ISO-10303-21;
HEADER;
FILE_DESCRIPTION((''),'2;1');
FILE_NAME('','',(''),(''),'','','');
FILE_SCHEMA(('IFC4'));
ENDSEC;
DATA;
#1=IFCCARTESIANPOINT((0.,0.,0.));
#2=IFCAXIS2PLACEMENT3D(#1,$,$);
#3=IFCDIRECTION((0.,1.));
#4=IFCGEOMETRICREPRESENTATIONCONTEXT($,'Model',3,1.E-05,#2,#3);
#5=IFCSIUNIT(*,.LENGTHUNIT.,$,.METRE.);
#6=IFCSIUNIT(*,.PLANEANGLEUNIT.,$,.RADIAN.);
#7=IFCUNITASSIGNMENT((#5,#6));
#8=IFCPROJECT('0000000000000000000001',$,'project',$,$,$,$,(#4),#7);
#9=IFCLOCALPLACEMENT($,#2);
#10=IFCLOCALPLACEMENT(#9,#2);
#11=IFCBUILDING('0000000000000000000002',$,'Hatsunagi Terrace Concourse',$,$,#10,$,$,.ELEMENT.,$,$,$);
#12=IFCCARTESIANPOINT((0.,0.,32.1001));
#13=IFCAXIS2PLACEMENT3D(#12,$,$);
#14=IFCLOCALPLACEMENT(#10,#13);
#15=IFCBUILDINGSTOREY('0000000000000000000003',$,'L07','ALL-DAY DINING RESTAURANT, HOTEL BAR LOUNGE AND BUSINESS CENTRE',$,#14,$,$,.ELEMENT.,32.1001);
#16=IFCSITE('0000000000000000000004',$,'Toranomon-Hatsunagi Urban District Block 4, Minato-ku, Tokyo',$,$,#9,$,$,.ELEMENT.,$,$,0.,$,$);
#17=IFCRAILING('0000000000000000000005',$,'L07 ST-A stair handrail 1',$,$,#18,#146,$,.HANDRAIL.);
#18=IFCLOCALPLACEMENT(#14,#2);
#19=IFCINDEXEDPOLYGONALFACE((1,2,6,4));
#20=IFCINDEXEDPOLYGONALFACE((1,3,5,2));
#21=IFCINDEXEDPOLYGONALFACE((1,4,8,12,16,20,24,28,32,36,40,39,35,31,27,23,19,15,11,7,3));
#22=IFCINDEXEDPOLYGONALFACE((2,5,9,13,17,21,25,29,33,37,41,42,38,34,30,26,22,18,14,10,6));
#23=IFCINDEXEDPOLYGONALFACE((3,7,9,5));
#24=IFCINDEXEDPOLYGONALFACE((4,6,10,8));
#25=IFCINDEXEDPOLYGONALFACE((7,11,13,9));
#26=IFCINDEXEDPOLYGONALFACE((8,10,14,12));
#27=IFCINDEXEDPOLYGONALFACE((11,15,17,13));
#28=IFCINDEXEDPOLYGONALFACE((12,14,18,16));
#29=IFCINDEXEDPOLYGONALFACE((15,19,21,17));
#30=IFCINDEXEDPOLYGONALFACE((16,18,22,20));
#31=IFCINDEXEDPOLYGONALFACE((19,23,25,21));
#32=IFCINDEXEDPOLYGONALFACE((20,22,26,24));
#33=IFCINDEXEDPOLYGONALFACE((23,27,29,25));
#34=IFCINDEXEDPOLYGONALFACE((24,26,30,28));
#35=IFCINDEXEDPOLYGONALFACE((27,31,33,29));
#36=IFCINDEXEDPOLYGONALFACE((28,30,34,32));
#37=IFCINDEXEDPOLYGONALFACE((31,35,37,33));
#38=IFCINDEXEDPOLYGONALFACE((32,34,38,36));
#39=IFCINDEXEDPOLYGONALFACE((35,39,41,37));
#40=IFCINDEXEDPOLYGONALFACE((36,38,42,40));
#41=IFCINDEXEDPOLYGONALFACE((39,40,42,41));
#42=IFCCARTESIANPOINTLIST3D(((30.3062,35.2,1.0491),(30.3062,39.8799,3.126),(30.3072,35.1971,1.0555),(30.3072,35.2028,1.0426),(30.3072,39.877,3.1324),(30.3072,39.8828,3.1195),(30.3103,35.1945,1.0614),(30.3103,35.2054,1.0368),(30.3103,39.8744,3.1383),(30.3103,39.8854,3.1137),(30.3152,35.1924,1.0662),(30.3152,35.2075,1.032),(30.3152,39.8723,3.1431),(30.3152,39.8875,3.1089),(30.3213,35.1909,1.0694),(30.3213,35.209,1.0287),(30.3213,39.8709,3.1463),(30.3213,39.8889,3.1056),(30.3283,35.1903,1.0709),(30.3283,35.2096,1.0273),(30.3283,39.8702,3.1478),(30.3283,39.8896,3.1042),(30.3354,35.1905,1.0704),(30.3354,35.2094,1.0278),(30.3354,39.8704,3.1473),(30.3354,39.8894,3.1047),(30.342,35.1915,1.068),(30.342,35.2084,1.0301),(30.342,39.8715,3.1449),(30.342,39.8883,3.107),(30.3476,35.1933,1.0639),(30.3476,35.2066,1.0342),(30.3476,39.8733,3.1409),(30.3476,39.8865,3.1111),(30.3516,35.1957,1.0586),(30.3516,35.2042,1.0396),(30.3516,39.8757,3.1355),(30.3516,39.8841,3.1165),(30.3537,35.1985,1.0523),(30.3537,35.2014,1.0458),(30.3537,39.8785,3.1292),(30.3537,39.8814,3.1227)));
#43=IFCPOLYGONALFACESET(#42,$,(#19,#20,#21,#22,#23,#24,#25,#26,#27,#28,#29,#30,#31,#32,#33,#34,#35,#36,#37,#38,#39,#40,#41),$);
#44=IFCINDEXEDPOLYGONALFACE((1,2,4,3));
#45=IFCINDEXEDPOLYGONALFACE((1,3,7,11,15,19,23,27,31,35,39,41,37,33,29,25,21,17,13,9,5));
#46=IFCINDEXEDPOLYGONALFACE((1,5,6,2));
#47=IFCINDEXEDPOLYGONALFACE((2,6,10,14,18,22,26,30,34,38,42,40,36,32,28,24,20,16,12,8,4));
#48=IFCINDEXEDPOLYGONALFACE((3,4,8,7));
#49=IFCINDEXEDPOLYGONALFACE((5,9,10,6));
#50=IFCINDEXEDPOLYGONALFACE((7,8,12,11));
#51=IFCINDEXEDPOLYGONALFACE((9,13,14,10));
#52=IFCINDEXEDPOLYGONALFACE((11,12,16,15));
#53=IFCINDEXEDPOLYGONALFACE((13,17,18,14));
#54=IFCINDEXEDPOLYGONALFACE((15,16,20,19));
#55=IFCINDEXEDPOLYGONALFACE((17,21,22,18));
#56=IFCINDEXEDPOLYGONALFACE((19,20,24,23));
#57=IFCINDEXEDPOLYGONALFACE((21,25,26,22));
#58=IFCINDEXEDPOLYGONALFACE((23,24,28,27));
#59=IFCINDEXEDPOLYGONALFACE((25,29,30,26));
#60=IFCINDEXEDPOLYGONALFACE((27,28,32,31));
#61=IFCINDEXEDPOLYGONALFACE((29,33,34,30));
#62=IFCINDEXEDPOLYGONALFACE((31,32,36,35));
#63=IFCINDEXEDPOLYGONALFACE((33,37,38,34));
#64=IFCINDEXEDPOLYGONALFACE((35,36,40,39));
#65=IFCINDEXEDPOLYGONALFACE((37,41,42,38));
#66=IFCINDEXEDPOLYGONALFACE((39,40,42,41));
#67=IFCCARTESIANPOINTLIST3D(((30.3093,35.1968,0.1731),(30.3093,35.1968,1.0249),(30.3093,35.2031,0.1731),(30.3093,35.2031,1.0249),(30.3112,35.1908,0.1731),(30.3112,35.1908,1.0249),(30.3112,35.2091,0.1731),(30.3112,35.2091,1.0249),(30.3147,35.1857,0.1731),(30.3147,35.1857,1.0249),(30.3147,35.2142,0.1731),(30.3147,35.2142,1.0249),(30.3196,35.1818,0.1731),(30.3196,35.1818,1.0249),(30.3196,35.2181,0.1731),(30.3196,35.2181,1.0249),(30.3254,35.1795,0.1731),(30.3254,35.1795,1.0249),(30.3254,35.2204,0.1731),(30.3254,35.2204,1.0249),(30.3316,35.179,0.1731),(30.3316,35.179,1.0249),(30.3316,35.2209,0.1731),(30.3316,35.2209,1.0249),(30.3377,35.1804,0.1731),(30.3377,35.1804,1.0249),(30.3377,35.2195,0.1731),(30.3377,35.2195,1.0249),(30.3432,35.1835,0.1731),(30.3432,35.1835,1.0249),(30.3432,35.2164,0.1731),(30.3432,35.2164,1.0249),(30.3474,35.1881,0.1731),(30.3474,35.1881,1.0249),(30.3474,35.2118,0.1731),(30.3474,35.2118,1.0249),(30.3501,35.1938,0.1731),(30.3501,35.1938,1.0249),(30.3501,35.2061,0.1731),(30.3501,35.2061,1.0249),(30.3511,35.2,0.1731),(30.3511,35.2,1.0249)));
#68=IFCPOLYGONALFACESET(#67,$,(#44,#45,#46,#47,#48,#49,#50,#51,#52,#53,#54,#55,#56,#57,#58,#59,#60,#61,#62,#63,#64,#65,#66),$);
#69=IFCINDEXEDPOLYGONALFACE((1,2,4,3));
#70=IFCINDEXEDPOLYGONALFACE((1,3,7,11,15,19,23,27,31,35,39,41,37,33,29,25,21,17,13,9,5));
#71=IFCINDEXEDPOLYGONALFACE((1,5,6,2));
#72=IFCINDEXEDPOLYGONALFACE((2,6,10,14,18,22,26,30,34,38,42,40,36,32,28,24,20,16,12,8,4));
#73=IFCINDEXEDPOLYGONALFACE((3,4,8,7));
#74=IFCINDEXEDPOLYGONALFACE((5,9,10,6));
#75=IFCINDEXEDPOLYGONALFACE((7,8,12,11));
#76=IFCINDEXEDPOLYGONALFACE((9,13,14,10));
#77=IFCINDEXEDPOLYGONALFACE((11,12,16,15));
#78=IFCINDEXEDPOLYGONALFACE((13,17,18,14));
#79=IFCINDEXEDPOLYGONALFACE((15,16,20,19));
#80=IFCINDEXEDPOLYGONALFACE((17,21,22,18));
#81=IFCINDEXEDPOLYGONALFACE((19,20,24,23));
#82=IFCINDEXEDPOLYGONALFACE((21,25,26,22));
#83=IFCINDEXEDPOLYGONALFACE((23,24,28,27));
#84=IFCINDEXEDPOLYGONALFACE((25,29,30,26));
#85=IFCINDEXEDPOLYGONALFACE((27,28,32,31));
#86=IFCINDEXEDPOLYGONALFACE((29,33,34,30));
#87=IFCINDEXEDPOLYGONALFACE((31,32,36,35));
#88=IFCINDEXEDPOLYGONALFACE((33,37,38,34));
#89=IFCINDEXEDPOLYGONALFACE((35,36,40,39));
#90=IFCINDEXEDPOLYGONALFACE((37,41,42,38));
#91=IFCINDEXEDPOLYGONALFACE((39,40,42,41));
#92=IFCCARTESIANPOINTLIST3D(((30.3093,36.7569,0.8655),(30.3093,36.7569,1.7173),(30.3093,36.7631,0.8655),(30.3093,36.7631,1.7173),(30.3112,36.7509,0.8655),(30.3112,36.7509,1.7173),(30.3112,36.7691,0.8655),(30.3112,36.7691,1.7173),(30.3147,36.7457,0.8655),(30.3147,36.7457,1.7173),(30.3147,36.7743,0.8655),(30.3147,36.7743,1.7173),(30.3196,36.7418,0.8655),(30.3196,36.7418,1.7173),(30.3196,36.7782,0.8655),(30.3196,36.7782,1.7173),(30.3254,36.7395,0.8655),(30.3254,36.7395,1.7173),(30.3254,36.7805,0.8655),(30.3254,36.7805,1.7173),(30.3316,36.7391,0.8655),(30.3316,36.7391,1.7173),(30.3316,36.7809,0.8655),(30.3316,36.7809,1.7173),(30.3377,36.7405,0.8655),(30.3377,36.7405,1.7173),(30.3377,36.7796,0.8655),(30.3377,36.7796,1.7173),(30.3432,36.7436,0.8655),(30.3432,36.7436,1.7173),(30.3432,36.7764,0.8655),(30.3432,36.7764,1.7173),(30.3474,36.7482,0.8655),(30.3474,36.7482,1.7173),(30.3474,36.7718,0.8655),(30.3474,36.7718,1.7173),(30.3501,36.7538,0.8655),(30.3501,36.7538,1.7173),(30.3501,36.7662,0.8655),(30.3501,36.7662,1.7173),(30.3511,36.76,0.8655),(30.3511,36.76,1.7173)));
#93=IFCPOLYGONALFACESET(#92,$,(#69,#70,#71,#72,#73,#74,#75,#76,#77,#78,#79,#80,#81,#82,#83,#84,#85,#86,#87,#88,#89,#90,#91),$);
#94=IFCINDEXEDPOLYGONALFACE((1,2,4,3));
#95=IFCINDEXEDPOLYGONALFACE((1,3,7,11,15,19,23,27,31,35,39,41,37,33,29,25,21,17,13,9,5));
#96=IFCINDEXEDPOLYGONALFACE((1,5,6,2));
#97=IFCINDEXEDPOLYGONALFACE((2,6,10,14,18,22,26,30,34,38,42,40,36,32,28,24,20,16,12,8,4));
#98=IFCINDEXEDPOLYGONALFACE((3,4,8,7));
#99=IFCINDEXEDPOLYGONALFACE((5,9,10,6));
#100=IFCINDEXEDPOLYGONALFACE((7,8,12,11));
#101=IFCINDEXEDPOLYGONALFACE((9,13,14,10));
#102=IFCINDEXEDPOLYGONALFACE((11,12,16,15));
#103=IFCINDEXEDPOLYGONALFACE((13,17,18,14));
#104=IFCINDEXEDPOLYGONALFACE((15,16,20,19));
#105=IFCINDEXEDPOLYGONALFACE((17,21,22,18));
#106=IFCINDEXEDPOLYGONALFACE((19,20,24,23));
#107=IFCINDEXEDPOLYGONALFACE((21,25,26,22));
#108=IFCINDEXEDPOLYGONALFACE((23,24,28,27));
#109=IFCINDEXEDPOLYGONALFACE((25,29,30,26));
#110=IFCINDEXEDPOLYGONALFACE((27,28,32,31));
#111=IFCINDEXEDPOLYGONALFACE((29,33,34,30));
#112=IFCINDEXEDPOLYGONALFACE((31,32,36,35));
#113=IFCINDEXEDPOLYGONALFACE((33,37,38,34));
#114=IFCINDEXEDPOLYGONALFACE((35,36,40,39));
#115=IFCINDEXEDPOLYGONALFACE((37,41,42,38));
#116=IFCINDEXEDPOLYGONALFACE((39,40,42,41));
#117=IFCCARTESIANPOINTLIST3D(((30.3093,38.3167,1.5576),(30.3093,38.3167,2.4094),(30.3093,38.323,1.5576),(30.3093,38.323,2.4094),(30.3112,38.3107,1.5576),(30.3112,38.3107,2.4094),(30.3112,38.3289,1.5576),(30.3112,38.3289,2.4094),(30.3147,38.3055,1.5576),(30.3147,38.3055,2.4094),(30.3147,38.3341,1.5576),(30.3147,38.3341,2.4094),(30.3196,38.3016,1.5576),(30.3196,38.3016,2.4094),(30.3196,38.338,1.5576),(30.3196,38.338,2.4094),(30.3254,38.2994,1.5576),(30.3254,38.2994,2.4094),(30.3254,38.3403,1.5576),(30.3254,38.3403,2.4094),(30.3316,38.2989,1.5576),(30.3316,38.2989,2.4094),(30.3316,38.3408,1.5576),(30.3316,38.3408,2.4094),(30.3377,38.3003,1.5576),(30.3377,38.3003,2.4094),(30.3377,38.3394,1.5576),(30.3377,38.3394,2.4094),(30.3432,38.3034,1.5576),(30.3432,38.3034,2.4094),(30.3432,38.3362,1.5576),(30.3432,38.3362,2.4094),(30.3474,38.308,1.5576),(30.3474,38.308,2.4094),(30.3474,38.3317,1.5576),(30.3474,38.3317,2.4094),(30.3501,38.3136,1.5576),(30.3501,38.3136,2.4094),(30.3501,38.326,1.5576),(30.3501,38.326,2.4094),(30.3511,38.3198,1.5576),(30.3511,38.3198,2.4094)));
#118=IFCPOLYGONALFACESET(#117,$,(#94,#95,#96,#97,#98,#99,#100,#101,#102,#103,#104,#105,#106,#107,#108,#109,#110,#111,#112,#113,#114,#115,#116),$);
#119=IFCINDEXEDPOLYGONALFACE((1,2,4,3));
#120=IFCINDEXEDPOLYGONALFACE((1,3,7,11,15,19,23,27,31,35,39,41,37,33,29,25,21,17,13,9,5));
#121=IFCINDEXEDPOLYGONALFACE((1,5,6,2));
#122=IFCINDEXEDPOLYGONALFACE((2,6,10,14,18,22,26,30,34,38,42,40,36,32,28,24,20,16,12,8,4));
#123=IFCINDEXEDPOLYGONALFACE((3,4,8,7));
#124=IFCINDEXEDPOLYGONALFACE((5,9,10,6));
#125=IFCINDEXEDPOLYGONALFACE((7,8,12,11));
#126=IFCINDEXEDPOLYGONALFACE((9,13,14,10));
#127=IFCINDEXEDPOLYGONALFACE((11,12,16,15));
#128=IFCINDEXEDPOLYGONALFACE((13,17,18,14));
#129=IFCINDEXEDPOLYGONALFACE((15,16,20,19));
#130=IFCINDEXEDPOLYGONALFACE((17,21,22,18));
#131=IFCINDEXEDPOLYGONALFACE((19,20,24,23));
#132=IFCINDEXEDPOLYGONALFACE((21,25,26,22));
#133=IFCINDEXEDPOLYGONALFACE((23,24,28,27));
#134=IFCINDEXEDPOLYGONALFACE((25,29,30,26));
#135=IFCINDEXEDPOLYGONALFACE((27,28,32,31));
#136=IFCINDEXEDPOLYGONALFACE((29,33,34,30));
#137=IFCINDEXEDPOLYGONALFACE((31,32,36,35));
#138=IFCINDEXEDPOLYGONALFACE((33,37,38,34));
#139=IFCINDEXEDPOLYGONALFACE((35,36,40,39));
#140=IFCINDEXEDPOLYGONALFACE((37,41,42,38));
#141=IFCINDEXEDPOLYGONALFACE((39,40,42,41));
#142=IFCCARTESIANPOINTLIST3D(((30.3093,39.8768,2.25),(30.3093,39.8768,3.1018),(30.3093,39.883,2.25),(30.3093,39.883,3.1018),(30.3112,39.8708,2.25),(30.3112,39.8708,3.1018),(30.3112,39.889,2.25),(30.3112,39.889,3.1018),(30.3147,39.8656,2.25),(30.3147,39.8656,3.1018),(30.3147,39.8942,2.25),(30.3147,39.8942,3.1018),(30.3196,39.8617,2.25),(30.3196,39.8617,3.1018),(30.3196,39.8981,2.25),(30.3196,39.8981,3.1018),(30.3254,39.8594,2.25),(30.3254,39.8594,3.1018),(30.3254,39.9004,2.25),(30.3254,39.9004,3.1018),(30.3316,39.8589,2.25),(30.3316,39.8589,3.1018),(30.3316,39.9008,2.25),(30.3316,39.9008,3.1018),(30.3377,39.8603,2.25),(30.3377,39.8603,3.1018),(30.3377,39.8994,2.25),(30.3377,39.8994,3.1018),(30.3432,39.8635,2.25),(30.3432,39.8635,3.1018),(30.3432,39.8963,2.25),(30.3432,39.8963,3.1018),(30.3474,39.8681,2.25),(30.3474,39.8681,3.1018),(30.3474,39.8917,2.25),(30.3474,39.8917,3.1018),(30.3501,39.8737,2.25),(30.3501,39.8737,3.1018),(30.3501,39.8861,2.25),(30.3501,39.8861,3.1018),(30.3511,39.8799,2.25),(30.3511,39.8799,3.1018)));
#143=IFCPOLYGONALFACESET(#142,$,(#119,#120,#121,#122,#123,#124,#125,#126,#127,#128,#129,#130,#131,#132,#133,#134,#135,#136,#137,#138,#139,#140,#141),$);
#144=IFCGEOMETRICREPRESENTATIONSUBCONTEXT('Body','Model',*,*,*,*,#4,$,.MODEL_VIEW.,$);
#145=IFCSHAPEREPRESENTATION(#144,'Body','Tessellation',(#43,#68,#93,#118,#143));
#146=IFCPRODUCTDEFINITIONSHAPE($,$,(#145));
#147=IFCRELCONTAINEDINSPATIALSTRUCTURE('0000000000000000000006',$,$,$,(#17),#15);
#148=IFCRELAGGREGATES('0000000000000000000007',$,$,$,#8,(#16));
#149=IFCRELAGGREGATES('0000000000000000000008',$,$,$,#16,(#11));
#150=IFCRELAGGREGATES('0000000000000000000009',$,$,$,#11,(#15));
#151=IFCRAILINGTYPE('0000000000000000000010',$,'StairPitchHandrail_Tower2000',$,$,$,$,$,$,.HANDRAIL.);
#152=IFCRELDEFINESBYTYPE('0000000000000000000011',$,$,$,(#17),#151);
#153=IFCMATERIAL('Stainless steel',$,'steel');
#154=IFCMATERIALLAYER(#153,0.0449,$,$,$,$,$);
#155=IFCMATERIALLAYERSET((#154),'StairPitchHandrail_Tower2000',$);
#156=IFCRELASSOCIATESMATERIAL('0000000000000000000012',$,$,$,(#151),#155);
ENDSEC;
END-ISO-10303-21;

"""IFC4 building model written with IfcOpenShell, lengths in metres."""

from ifc_helpers import new_model, si_unit, direction, frame, origin, origin_2d, place, context, subcontext, project, spatial, circle, extrude, material, layer, layer_set, type_object, element, save


model = new_model("IFC4")

# Units and contexts
model_context = context("Model", 3, precision=1e-05, world=origin(), true_north=direction((0.0, 1.0)))
body_context = subcontext(model_context, "Body", "Model", "MODEL_VIEW")
ifc_project = project(units=[si_unit("LENGTHUNIT", "METRE"), si_unit("PLANEANGLEUNIT", "RADIAN")], contexts=[model_context])

# Site, building, storey
site_placement = place(None, origin())
site = spatial("IfcSite", under=ifc_project, at=site_placement, Name="Toranomon-Hatsunagi Urban District Block 4, Minato-ku, Tokyo", CompositionType="ELEMENT", RefElevation=0.0)
building_placement = place(site_placement, origin())
building = spatial("IfcBuilding", under=site, at=building_placement, Name="Hatsunagi Terrace Concourse", CompositionType="ELEMENT")
storey_placement = place(building_placement, frame((0.0, 0.0, 32.1001)))
storey = spatial("IfcBuildingStorey", under=building, at=storey_placement, Name="L07", Description="ALL-DAY DINING RESTAURANT, HOTEL BAR LOUNGE AND BUSINESS CENTRE", CompositionType="ELEMENT", Elevation=32.1001)

# Railing
ifc_material_1 = material(Name="Stainless steel", Category="steel")
ifc_layer_1 = layer(ifc_material_1, 0.0449)
ifc_layer_set_1 = layer_set([ifc_layer_1], Name="StairPitchHandrail_Tower2000")
railing_type_1 = type_object("IfcRailingType", Name="StairPitchHandrail_Tower2000", PredefinedType="HANDRAIL", material=ifc_layer_set_1)
railing_1_placement = place(storey_placement, frame((30.3301, 35.2, 0.1731)))
element("IfcRailing", 1, at=railing_1_placement, inside=storey, type_object=railing_type_1, Name="L07 ST-A stair handrail 1", PredefinedType="HANDRAIL", context=body_context, shape_type="SweptSolid", body=[
    extrude(circle(Radius=0.0239, at=origin_2d()), frame((0.0, 0.0, 0.876), z_axis=(0.0, 0.914034, 0.405638), x_axis=(-1.0, 0.0, 0.0)), (0.0, 0.0, 1.0), 5.1201),
    extrude(circle(Radius=0.021, at=origin_2d()), origin(), (0.0, 0.0, 1.0), 0.8518),
    extrude(circle(Radius=0.021, at=origin_2d()), frame((0.0, 1.5601, 0.6924)), (0.0, 0.0, 1.0), 0.8518),
    extrude(circle(Radius=0.021, at=origin_2d()), frame((0.0, 3.1199, 1.3845)), (0.0, 0.0, 1.0), 0.8518),
    extrude(circle(Radius=0.021, at=origin_2d()), frame((0.0, 4.6799, 2.0769)), (0.0, 0.0, 1.0), 0.8518),
])

save(model, "model.ifc")
